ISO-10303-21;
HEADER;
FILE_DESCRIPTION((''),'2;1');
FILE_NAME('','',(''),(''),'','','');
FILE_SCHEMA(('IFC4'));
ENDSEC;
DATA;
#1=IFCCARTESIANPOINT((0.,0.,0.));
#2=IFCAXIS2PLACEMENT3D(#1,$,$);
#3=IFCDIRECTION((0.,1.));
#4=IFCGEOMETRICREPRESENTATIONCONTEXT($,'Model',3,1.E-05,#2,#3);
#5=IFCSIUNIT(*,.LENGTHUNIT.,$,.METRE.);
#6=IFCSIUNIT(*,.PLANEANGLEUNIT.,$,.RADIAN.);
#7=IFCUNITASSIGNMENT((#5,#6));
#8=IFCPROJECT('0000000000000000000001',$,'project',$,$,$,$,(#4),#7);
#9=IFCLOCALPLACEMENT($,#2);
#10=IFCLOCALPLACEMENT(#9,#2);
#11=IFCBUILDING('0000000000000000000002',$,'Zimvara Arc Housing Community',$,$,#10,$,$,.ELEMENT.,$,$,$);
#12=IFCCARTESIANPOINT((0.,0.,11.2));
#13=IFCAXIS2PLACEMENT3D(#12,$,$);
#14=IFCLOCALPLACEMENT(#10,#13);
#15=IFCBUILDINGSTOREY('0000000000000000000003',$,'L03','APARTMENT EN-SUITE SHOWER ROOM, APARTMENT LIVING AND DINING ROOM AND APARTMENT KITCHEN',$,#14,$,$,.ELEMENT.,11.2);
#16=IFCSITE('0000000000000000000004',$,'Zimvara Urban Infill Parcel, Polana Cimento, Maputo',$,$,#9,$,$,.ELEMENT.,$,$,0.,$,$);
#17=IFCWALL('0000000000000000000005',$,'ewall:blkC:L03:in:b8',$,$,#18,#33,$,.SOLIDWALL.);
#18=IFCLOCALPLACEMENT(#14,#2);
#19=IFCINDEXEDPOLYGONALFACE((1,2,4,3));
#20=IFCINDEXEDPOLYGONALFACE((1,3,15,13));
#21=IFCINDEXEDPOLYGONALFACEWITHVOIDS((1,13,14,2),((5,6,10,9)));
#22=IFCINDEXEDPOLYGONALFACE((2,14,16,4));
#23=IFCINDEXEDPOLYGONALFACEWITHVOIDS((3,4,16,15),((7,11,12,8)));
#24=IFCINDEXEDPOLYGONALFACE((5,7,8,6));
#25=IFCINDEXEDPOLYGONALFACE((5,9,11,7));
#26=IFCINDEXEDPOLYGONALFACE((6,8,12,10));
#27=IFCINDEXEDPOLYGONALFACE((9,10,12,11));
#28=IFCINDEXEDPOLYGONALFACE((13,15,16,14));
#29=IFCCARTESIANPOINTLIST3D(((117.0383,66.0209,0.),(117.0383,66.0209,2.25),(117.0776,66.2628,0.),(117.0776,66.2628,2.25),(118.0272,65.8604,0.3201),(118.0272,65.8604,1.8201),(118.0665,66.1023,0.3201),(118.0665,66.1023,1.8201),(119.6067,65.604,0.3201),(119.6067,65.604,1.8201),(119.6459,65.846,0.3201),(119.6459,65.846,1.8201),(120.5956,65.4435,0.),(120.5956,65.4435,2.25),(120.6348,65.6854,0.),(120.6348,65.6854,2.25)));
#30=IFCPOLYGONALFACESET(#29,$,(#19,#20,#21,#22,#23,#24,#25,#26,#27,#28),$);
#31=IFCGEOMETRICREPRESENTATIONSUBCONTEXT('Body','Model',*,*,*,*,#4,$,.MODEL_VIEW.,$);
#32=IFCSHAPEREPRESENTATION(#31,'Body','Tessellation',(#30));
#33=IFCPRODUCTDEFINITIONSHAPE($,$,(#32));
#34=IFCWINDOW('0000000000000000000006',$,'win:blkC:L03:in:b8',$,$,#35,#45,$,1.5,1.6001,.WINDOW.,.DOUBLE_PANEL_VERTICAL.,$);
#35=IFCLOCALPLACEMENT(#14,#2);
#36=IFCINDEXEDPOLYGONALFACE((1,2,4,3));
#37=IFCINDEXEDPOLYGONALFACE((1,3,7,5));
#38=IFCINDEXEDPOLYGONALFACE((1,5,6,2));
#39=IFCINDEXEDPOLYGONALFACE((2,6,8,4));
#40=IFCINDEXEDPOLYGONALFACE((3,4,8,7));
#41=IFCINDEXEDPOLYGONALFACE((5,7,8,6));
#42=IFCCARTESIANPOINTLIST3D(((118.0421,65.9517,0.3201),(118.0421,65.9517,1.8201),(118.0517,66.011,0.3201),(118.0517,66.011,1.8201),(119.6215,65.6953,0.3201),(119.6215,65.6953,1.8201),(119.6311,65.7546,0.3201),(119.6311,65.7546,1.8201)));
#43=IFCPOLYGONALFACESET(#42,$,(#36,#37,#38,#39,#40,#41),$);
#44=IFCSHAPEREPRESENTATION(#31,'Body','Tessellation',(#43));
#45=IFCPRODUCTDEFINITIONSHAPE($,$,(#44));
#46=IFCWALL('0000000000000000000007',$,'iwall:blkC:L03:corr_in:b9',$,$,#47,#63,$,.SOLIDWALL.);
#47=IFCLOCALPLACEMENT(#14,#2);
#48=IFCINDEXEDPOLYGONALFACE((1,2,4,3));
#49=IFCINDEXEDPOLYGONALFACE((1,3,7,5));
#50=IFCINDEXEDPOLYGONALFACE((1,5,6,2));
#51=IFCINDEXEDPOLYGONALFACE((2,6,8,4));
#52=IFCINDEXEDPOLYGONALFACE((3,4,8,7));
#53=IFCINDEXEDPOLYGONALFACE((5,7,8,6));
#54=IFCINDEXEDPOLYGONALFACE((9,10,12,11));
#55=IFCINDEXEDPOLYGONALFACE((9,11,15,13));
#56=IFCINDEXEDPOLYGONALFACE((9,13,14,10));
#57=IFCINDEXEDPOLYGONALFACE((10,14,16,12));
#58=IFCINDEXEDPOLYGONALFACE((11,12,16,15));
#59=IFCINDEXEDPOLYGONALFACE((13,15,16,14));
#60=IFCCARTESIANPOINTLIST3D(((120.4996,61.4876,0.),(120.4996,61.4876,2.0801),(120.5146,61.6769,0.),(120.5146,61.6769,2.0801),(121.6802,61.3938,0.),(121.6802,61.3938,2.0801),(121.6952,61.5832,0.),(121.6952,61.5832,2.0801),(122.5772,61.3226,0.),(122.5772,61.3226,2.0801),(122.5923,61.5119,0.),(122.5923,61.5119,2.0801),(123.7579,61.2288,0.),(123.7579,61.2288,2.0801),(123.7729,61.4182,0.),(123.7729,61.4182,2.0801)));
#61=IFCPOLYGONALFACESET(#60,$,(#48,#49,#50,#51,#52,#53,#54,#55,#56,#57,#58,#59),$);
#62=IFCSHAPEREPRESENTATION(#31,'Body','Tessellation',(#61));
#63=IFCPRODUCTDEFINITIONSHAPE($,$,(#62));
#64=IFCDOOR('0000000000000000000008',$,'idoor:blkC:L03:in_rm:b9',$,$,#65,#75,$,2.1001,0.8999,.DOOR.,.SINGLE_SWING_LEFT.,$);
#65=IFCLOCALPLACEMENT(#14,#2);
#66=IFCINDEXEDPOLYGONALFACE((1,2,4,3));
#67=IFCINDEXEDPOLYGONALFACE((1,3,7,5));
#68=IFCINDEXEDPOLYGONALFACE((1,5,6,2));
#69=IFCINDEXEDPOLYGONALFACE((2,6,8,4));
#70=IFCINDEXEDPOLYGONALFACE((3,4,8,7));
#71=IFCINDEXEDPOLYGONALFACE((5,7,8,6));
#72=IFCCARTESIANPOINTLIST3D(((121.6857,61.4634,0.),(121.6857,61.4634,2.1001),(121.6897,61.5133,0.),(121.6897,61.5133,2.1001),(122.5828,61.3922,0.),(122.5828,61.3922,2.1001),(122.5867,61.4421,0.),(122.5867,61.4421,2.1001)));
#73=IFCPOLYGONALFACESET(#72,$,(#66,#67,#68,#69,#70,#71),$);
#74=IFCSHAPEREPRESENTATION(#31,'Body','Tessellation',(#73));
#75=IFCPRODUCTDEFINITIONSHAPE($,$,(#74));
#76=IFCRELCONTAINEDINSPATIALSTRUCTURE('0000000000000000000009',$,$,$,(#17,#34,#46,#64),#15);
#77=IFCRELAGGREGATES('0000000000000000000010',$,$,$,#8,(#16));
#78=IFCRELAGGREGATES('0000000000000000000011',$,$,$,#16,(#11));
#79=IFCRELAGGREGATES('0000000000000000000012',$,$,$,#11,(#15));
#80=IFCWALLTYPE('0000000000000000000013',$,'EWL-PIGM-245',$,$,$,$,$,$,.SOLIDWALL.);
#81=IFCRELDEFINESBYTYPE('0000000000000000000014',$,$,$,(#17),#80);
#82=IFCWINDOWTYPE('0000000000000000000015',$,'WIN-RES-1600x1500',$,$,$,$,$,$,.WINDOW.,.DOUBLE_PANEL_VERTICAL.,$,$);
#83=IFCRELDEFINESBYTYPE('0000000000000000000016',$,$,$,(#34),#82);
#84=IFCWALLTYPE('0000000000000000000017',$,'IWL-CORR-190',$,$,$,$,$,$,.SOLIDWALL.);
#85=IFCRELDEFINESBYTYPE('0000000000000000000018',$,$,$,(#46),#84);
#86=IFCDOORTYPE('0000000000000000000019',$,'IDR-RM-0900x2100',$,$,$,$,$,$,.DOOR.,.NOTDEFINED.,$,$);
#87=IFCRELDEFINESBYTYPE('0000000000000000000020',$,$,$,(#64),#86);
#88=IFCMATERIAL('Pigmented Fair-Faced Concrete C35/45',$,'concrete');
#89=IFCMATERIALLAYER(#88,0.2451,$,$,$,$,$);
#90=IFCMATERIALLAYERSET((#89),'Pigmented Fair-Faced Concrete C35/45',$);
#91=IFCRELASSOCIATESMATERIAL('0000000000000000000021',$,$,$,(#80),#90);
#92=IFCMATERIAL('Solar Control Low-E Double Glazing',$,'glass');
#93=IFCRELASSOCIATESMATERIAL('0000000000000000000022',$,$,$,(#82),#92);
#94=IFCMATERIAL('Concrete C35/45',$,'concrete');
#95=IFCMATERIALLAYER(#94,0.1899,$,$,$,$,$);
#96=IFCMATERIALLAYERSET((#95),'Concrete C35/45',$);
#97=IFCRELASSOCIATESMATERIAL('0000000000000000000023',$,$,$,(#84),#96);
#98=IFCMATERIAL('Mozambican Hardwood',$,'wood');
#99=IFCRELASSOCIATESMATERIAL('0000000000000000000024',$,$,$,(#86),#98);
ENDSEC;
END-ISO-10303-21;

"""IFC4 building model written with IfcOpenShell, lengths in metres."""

from ifc_helpers import new_model, si_unit, direction, frame, frame_2d, origin, place, context, subcontext, project, spatial, rectangle, extrude, material, layer, layer_set, type_object, element, fill, save


model = new_model("IFC4")

# Units and contexts
model_context = context("Model", 3, precision=1e-05, world=origin(), true_north=direction((0.0, 1.0)))
body_context = subcontext(model_context, "Body", "Model", "MODEL_VIEW")
ifc_project = project(units=[si_unit("LENGTHUNIT", "METRE"), si_unit("PLANEANGLEUNIT", "RADIAN")], contexts=[model_context])

# Site, building, storey
site_placement = place(None, origin())
site = spatial("IfcSite", under=ifc_project, at=site_placement, Name="Zimvara Urban Infill Parcel, Polana Cimento, Maputo", CompositionType="ELEMENT", RefElevation=0.0)
building_placement = place(site_placement, origin())
building = spatial("IfcBuilding", under=site, at=building_placement, Name="Zimvara Arc Housing Community", CompositionType="ELEMENT")
storey_placement = place(building_placement, frame((0.0, 0.0, 11.2)))
storey = spatial("IfcBuildingStorey", under=building, at=storey_placement, Name="L03", Description="APARTMENT EN-SUITE SHOWER ROOM, APARTMENT LIVING AND DINING ROOM AND APARTMENT KITCHEN", CompositionType="ELEMENT", Elevation=11.2)

# Wall, opening, window
ifc_material_1 = material(Name="Pigmented Fair-Faced Concrete C35/45", Category="concrete")
ifc_layer_1 = layer(ifc_material_1, 0.2451)
ifc_layer_set_1 = layer_set([ifc_layer_1], Name="Pigmented Fair-Faced Concrete C35/45")
wall_type_1 = type_object("IfcWallType", Name="EWL-PIGM-245", PredefinedType="SOLIDWALL", material=ifc_layer_set_1)
wall_1_placement = place(storey_placement, frame((117.0581, 66.1418, 0.0), z_axis=(0.0, 0.0, 1.0), x_axis=(0.987081, -0.160223, 0.0)))
wall_1 = element("IfcWall", 1, at=wall_1_placement, inside=storey, type_object=wall_type_1, Name="ewall:blkC:L03:in:b8", PredefinedType="SOLIDWALL", context=body_context, shape_type="SweptSolid", body=[
    extrude(rectangle(XDim=3.6038, YDim=0.2451, at=frame_2d((1.8018, 0.0))), origin(), (0.0, 0.0, 1.0), 2.25),
])
opening_1_placement = place(wall_1_placement, frame((1.0017, 0.0, 0.3201)))
opening_1 = element("IfcOpeningElement", 2, at=opening_1_placement, cuts=wall_1, PredefinedType="OPENING", context=body_context, shape_type="SweptSolid", body=[
    extrude(rectangle(XDim=1.6001, YDim=1.5, at=frame_2d((0.8, 0.75))), frame((0.0, 0.1326, 0.0), z_axis=(0.0, -1.0, 0.0), x_axis=(1.0, 0.0, 0.0)), (0.0, 0.0, 1.0), 0.2651),
])
ifc_material_2 = material(Name="Solar Control Low-E Double Glazing", Category="glass")
window_type = type_object("IfcWindowType", Name="WIN-RES-1600x1500", PartitioningType="DOUBLE_PANEL_VERTICAL", PredefinedType="WINDOW", material=ifc_material_2)
window_placement = place(opening_1_placement, origin())
window = element("IfcWindow", 3, at=window_placement, inside=storey, type_object=window_type, Name="win:blkC:L03:in:b8", OverallHeight=1.5, OverallWidth=1.6001, PartitioningType="DOUBLE_PANEL_VERTICAL", PredefinedType="WINDOW", context=body_context, shape_type="SweptSolid", body=[
    extrude(rectangle(XDim=1.6001, YDim=1.5, at=frame_2d((0.8, 0.75))), frame((0.0, 0.03, 0.0), z_axis=(0.0, -1.0, 0.0), x_axis=(1.0, 0.0, 0.0)), (0.0, 0.0, 1.0), 0.0601),
])
fill(opening_1, window)

# Wall, opening, door
ifc_material_3 = material(Name="Concrete C35/45", Category="concrete")
ifc_layer_2 = layer(ifc_material_3, 0.1899)
ifc_layer_set_2 = layer_set([ifc_layer_2], Name="Concrete C35/45")
wall_type_2 = type_object("IfcWallType", Name="IWL-CORR-190", PredefinedType="SOLIDWALL", material=ifc_layer_set_2)
wall_2_placement = place(storey_placement, frame((120.5071, 61.5823, 0.0), z_axis=(0.0, 0.0, 1.0), x_axis=(0.996861, -0.079175, 0.0)))
wall_2 = element("IfcWall", 4, at=wall_2_placement, inside=storey, type_object=wall_type_2, Name="iwall:blkC:L03:corr_in:b9", PredefinedType="SOLIDWALL", context=body_context, shape_type="SweptSolid", body=[
    extrude(rectangle(XDim=3.2686, YDim=0.1899, at=frame_2d((1.6343, 0.0))), origin(), (0.0, 0.0, 1.0), 2.0801),
])
opening_2_placement = place(wall_2_placement, frame((1.1843, 0.0, 0.0)))
opening_2 = element("IfcOpeningElement", 5, at=opening_2_placement, cuts=wall_2, PredefinedType="OPENING", context=body_context, shape_type="SweptSolid", body=[
    extrude(rectangle(XDim=0.8999, YDim=2.1001, at=frame_2d((0.45, 1.05))), frame((0.0, 0.105, 0.0), z_axis=(0.0, -1.0, 0.0), x_axis=(1.0, 0.0, 0.0)), (0.0, 0.0, 1.0), 0.21),
])
ifc_material_4 = material(Name="Mozambican Hardwood", Category="wood")
door_type = type_object("IfcDoorType", Name="IDR-RM-0900x2100", OperationType="NOTDEFINED", PredefinedType="DOOR", material=ifc_material_4)
door_placement = place(opening_2_placement, origin())
door = element("IfcDoor", 6, at=door_placement, inside=storey, type_object=door_type, Name="idoor:blkC:L03:in_rm:b9", OperationType="SINGLE_SWING_LEFT", OverallHeight=2.1001, OverallWidth=0.8999, PredefinedType="DOOR", context=body_context, shape_type="SweptSolid", body=[
    extrude(rectangle(XDim=0.8999, YDim=2.1001, at=frame_2d((0.45, 1.05))), frame((0.0, 0.0249, 0.0), z_axis=(0.0, -1.0, 0.0), x_axis=(1.0, 0.0, 0.0)), (0.0, 0.0, 1.0), 0.05),
])
fill(opening_2, door)

save(model, "model.ifc")
